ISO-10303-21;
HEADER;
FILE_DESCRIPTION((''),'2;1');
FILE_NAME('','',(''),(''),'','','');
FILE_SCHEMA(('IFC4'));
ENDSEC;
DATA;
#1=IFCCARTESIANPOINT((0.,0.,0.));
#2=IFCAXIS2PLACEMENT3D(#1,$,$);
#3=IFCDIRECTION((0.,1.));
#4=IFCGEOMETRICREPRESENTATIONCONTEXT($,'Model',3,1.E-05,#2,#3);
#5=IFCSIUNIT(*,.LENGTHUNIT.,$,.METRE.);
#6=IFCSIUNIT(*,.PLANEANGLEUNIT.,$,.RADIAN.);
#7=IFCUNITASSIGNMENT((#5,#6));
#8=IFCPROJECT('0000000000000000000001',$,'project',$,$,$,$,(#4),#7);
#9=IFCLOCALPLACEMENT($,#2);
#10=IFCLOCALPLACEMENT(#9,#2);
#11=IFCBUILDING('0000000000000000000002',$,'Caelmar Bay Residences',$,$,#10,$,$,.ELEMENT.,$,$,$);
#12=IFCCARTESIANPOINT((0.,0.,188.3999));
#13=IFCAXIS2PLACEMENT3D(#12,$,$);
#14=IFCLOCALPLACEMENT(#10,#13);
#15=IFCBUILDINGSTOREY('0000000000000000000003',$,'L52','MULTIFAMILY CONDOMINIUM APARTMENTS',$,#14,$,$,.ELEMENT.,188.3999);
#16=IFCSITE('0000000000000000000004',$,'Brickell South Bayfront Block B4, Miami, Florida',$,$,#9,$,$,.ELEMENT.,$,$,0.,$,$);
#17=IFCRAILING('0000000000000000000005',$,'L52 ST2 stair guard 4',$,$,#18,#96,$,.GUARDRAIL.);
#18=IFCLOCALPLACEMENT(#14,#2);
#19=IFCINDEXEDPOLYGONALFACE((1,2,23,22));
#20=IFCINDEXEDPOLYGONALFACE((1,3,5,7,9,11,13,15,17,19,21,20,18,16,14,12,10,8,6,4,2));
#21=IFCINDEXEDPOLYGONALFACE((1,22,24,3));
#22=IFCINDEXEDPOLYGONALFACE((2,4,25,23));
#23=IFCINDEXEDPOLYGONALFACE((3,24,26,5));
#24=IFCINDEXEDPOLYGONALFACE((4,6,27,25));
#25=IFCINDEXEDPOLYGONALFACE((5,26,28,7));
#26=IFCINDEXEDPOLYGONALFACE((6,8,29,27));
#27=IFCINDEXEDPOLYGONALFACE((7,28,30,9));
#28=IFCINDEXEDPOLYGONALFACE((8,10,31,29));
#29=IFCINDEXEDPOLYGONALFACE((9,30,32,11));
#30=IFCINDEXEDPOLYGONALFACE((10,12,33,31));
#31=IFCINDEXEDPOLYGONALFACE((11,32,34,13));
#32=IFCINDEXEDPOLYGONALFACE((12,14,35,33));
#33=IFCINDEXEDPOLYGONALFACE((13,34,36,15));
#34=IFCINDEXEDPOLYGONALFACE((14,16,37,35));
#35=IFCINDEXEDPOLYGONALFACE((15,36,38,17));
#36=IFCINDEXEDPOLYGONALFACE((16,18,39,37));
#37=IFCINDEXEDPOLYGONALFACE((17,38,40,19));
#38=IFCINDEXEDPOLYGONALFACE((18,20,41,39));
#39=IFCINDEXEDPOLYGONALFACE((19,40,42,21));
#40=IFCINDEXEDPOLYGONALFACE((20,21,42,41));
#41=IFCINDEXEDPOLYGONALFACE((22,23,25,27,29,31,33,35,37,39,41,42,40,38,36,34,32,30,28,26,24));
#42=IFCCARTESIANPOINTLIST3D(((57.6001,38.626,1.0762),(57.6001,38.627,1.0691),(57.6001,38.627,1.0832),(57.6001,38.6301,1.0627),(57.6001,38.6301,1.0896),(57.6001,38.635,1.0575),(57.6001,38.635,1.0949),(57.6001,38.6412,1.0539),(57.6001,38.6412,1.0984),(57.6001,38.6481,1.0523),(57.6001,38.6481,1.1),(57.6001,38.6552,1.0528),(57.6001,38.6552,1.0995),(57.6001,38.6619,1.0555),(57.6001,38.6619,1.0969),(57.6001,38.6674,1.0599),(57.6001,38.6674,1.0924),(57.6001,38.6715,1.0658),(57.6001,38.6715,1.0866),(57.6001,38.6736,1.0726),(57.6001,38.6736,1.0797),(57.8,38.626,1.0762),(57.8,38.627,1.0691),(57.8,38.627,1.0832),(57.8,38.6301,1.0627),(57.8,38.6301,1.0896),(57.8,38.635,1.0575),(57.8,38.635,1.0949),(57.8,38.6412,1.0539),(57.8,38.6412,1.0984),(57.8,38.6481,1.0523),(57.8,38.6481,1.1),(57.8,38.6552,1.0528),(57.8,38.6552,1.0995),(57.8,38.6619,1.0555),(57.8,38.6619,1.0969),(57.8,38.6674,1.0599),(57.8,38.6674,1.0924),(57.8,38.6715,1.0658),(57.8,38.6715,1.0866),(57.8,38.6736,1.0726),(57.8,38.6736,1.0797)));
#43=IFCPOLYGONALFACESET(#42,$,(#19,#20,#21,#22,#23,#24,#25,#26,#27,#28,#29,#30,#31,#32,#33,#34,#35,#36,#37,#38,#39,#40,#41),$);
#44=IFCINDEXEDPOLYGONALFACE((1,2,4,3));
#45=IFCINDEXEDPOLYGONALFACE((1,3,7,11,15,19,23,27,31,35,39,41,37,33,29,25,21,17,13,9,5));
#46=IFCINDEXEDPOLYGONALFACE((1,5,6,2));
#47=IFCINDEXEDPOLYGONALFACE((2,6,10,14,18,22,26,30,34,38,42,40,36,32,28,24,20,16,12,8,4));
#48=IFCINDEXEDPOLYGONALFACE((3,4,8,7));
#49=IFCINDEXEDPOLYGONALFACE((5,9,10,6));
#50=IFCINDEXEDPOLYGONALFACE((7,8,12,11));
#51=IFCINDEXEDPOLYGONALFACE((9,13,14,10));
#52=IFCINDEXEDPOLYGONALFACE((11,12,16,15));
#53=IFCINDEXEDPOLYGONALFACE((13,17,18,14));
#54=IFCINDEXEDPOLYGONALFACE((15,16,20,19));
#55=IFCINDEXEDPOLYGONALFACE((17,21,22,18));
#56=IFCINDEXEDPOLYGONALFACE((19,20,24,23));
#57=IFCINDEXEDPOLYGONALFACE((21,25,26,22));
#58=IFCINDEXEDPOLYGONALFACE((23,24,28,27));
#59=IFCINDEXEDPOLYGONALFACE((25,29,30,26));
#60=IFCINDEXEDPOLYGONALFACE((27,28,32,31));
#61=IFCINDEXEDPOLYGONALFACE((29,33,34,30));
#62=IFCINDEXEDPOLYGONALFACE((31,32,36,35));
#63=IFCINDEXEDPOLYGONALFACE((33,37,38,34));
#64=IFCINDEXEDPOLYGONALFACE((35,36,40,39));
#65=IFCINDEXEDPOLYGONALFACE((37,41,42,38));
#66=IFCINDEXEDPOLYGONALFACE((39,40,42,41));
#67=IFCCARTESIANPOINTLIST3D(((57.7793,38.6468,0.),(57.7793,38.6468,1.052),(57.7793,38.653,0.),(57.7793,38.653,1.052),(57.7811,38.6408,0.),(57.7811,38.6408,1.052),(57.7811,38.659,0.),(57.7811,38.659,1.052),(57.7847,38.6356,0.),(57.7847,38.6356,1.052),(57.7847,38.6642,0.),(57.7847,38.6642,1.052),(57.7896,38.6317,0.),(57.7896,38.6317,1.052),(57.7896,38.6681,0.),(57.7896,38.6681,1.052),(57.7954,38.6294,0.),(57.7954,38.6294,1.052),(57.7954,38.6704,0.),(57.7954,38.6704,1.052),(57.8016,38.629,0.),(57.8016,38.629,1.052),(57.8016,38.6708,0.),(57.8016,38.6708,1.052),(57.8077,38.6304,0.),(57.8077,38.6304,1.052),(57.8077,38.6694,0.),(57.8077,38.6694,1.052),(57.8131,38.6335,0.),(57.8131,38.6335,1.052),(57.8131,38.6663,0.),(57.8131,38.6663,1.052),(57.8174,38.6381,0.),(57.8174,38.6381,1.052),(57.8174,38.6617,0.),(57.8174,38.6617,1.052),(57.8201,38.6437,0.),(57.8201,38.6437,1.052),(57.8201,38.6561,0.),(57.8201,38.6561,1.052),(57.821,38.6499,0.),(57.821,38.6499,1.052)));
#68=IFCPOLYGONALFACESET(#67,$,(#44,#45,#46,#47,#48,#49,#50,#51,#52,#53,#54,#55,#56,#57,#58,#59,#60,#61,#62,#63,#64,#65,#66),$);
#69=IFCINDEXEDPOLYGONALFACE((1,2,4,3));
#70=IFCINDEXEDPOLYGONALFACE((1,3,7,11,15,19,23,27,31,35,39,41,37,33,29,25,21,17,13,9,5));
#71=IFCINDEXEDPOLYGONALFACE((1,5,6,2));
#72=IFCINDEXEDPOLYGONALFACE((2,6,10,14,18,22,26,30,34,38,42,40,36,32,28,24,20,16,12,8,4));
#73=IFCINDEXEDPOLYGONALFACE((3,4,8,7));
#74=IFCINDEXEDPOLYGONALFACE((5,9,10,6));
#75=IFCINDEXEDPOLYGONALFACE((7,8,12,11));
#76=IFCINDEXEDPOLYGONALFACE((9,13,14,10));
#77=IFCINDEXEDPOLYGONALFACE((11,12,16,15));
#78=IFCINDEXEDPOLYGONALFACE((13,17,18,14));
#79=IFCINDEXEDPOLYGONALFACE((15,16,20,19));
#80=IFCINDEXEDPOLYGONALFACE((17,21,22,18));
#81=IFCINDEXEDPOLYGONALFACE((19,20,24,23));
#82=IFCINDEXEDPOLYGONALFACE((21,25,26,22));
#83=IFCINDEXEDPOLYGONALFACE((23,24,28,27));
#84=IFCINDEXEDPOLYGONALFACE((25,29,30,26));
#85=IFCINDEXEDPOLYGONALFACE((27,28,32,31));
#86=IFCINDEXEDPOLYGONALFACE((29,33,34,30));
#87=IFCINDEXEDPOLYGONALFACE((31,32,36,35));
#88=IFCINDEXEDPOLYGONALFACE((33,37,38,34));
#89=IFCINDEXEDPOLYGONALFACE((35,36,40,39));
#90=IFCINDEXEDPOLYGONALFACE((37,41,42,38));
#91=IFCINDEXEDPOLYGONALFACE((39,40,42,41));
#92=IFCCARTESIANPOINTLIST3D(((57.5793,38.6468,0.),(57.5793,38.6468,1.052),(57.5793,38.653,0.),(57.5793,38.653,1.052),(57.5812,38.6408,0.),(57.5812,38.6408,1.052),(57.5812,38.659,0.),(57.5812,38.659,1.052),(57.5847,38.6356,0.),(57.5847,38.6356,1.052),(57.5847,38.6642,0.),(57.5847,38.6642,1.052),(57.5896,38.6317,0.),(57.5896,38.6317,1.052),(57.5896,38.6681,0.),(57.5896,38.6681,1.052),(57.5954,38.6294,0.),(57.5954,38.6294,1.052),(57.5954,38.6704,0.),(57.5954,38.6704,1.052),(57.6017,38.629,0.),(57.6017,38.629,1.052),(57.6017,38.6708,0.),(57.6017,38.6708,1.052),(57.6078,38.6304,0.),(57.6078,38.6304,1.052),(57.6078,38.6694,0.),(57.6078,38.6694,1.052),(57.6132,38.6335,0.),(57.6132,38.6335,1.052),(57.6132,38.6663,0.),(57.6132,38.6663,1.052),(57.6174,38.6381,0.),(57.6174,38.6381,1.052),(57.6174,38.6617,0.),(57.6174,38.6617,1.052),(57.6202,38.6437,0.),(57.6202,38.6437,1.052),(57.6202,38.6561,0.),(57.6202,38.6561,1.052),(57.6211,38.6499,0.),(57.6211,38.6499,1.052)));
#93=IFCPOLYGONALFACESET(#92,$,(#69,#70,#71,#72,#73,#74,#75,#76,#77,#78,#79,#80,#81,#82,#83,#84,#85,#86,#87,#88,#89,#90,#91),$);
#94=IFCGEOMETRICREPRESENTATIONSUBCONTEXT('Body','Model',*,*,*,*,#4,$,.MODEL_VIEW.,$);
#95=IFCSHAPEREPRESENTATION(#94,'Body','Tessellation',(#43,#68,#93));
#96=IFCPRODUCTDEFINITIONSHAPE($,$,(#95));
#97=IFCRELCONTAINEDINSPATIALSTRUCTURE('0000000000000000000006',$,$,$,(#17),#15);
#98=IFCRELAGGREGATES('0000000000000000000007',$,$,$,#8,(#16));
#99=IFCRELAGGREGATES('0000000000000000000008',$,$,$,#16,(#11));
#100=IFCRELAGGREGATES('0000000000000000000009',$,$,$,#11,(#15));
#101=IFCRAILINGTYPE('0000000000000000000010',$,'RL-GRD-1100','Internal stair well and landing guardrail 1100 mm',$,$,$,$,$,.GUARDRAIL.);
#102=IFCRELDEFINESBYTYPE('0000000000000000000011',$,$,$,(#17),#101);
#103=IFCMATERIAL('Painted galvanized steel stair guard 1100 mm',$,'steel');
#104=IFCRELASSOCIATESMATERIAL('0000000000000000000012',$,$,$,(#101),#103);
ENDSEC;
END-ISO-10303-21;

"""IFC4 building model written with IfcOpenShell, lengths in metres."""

from ifc_helpers import new_model, si_unit, direction, frame, origin, origin_2d, place, context, subcontext, project, spatial, circle, extrude, material, type_object, element, save


model = new_model("IFC4")

# Units and contexts
model_context = context("Model", 3, precision=1e-05, world=origin(), true_north=direction((0.0, 1.0)))
body_context = subcontext(model_context, "Body", "Model", "MODEL_VIEW")
ifc_project = project(units=[si_unit("LENGTHUNIT", "METRE"), si_unit("PLANEANGLEUNIT", "RADIAN")], contexts=[model_context])

# Site, building, storey
site_placement = place(None, origin())
site = spatial("IfcSite", under=ifc_project, at=site_placement, Name="Brickell South Bayfront Block B4, Miami, Florida", CompositionType="ELEMENT", RefElevation=0.0)
building_placement = place(site_placement, origin())
building = spatial("IfcBuilding", under=site, at=building_placement, Name="Caelmar Bay Residences", CompositionType="ELEMENT")
storey_placement = place(building_placement, frame((0.0, 0.0, 188.3999)))
storey = spatial("IfcBuildingStorey", under=building, at=storey_placement, Name="L52", Description="MULTIFAMILY CONDOMINIUM APARTMENTS", CompositionType="ELEMENT", Elevation=188.3999)

# Railing
ifc_material_1 = material(Name="Painted galvanized steel stair guard 1100 mm", Category="steel")
railing_type_1 = type_object("IfcRailingType", Name="RL-GRD-1100", Description="Internal stair well and landing guardrail 1100 mm", PredefinedType="GUARDRAIL", material=ifc_material_1)
railing_1_placement = place(storey_placement, frame((57.8, 38.6499, 0.0)))
element("IfcRailing", 1, at=railing_1_placement, inside=storey, type_object=railing_type_1, Name="L52 ST2 stair guard 4", PredefinedType="GUARDRAIL", context=body_context, shape_type="SweptSolid", body=[
    extrude(circle(Radius=0.0239, at=origin_2d()), frame((0.0, 0.0, 1.0762), z_axis=(-1.0, 0.0, 0.0), x_axis=(0.0, -1.0, 0.0)), (0.0, 0.0, 1.0), 0.2),
    extrude(circle(Radius=0.021, at=origin_2d()), origin(), (0.0, 0.0, 1.0), 1.052),
    extrude(circle(Radius=0.021, at=origin_2d()), frame((-0.2, 0.0, 0.0)), (0.0, 0.0, 1.0), 1.052),
])

save(model, "model.ifc")
